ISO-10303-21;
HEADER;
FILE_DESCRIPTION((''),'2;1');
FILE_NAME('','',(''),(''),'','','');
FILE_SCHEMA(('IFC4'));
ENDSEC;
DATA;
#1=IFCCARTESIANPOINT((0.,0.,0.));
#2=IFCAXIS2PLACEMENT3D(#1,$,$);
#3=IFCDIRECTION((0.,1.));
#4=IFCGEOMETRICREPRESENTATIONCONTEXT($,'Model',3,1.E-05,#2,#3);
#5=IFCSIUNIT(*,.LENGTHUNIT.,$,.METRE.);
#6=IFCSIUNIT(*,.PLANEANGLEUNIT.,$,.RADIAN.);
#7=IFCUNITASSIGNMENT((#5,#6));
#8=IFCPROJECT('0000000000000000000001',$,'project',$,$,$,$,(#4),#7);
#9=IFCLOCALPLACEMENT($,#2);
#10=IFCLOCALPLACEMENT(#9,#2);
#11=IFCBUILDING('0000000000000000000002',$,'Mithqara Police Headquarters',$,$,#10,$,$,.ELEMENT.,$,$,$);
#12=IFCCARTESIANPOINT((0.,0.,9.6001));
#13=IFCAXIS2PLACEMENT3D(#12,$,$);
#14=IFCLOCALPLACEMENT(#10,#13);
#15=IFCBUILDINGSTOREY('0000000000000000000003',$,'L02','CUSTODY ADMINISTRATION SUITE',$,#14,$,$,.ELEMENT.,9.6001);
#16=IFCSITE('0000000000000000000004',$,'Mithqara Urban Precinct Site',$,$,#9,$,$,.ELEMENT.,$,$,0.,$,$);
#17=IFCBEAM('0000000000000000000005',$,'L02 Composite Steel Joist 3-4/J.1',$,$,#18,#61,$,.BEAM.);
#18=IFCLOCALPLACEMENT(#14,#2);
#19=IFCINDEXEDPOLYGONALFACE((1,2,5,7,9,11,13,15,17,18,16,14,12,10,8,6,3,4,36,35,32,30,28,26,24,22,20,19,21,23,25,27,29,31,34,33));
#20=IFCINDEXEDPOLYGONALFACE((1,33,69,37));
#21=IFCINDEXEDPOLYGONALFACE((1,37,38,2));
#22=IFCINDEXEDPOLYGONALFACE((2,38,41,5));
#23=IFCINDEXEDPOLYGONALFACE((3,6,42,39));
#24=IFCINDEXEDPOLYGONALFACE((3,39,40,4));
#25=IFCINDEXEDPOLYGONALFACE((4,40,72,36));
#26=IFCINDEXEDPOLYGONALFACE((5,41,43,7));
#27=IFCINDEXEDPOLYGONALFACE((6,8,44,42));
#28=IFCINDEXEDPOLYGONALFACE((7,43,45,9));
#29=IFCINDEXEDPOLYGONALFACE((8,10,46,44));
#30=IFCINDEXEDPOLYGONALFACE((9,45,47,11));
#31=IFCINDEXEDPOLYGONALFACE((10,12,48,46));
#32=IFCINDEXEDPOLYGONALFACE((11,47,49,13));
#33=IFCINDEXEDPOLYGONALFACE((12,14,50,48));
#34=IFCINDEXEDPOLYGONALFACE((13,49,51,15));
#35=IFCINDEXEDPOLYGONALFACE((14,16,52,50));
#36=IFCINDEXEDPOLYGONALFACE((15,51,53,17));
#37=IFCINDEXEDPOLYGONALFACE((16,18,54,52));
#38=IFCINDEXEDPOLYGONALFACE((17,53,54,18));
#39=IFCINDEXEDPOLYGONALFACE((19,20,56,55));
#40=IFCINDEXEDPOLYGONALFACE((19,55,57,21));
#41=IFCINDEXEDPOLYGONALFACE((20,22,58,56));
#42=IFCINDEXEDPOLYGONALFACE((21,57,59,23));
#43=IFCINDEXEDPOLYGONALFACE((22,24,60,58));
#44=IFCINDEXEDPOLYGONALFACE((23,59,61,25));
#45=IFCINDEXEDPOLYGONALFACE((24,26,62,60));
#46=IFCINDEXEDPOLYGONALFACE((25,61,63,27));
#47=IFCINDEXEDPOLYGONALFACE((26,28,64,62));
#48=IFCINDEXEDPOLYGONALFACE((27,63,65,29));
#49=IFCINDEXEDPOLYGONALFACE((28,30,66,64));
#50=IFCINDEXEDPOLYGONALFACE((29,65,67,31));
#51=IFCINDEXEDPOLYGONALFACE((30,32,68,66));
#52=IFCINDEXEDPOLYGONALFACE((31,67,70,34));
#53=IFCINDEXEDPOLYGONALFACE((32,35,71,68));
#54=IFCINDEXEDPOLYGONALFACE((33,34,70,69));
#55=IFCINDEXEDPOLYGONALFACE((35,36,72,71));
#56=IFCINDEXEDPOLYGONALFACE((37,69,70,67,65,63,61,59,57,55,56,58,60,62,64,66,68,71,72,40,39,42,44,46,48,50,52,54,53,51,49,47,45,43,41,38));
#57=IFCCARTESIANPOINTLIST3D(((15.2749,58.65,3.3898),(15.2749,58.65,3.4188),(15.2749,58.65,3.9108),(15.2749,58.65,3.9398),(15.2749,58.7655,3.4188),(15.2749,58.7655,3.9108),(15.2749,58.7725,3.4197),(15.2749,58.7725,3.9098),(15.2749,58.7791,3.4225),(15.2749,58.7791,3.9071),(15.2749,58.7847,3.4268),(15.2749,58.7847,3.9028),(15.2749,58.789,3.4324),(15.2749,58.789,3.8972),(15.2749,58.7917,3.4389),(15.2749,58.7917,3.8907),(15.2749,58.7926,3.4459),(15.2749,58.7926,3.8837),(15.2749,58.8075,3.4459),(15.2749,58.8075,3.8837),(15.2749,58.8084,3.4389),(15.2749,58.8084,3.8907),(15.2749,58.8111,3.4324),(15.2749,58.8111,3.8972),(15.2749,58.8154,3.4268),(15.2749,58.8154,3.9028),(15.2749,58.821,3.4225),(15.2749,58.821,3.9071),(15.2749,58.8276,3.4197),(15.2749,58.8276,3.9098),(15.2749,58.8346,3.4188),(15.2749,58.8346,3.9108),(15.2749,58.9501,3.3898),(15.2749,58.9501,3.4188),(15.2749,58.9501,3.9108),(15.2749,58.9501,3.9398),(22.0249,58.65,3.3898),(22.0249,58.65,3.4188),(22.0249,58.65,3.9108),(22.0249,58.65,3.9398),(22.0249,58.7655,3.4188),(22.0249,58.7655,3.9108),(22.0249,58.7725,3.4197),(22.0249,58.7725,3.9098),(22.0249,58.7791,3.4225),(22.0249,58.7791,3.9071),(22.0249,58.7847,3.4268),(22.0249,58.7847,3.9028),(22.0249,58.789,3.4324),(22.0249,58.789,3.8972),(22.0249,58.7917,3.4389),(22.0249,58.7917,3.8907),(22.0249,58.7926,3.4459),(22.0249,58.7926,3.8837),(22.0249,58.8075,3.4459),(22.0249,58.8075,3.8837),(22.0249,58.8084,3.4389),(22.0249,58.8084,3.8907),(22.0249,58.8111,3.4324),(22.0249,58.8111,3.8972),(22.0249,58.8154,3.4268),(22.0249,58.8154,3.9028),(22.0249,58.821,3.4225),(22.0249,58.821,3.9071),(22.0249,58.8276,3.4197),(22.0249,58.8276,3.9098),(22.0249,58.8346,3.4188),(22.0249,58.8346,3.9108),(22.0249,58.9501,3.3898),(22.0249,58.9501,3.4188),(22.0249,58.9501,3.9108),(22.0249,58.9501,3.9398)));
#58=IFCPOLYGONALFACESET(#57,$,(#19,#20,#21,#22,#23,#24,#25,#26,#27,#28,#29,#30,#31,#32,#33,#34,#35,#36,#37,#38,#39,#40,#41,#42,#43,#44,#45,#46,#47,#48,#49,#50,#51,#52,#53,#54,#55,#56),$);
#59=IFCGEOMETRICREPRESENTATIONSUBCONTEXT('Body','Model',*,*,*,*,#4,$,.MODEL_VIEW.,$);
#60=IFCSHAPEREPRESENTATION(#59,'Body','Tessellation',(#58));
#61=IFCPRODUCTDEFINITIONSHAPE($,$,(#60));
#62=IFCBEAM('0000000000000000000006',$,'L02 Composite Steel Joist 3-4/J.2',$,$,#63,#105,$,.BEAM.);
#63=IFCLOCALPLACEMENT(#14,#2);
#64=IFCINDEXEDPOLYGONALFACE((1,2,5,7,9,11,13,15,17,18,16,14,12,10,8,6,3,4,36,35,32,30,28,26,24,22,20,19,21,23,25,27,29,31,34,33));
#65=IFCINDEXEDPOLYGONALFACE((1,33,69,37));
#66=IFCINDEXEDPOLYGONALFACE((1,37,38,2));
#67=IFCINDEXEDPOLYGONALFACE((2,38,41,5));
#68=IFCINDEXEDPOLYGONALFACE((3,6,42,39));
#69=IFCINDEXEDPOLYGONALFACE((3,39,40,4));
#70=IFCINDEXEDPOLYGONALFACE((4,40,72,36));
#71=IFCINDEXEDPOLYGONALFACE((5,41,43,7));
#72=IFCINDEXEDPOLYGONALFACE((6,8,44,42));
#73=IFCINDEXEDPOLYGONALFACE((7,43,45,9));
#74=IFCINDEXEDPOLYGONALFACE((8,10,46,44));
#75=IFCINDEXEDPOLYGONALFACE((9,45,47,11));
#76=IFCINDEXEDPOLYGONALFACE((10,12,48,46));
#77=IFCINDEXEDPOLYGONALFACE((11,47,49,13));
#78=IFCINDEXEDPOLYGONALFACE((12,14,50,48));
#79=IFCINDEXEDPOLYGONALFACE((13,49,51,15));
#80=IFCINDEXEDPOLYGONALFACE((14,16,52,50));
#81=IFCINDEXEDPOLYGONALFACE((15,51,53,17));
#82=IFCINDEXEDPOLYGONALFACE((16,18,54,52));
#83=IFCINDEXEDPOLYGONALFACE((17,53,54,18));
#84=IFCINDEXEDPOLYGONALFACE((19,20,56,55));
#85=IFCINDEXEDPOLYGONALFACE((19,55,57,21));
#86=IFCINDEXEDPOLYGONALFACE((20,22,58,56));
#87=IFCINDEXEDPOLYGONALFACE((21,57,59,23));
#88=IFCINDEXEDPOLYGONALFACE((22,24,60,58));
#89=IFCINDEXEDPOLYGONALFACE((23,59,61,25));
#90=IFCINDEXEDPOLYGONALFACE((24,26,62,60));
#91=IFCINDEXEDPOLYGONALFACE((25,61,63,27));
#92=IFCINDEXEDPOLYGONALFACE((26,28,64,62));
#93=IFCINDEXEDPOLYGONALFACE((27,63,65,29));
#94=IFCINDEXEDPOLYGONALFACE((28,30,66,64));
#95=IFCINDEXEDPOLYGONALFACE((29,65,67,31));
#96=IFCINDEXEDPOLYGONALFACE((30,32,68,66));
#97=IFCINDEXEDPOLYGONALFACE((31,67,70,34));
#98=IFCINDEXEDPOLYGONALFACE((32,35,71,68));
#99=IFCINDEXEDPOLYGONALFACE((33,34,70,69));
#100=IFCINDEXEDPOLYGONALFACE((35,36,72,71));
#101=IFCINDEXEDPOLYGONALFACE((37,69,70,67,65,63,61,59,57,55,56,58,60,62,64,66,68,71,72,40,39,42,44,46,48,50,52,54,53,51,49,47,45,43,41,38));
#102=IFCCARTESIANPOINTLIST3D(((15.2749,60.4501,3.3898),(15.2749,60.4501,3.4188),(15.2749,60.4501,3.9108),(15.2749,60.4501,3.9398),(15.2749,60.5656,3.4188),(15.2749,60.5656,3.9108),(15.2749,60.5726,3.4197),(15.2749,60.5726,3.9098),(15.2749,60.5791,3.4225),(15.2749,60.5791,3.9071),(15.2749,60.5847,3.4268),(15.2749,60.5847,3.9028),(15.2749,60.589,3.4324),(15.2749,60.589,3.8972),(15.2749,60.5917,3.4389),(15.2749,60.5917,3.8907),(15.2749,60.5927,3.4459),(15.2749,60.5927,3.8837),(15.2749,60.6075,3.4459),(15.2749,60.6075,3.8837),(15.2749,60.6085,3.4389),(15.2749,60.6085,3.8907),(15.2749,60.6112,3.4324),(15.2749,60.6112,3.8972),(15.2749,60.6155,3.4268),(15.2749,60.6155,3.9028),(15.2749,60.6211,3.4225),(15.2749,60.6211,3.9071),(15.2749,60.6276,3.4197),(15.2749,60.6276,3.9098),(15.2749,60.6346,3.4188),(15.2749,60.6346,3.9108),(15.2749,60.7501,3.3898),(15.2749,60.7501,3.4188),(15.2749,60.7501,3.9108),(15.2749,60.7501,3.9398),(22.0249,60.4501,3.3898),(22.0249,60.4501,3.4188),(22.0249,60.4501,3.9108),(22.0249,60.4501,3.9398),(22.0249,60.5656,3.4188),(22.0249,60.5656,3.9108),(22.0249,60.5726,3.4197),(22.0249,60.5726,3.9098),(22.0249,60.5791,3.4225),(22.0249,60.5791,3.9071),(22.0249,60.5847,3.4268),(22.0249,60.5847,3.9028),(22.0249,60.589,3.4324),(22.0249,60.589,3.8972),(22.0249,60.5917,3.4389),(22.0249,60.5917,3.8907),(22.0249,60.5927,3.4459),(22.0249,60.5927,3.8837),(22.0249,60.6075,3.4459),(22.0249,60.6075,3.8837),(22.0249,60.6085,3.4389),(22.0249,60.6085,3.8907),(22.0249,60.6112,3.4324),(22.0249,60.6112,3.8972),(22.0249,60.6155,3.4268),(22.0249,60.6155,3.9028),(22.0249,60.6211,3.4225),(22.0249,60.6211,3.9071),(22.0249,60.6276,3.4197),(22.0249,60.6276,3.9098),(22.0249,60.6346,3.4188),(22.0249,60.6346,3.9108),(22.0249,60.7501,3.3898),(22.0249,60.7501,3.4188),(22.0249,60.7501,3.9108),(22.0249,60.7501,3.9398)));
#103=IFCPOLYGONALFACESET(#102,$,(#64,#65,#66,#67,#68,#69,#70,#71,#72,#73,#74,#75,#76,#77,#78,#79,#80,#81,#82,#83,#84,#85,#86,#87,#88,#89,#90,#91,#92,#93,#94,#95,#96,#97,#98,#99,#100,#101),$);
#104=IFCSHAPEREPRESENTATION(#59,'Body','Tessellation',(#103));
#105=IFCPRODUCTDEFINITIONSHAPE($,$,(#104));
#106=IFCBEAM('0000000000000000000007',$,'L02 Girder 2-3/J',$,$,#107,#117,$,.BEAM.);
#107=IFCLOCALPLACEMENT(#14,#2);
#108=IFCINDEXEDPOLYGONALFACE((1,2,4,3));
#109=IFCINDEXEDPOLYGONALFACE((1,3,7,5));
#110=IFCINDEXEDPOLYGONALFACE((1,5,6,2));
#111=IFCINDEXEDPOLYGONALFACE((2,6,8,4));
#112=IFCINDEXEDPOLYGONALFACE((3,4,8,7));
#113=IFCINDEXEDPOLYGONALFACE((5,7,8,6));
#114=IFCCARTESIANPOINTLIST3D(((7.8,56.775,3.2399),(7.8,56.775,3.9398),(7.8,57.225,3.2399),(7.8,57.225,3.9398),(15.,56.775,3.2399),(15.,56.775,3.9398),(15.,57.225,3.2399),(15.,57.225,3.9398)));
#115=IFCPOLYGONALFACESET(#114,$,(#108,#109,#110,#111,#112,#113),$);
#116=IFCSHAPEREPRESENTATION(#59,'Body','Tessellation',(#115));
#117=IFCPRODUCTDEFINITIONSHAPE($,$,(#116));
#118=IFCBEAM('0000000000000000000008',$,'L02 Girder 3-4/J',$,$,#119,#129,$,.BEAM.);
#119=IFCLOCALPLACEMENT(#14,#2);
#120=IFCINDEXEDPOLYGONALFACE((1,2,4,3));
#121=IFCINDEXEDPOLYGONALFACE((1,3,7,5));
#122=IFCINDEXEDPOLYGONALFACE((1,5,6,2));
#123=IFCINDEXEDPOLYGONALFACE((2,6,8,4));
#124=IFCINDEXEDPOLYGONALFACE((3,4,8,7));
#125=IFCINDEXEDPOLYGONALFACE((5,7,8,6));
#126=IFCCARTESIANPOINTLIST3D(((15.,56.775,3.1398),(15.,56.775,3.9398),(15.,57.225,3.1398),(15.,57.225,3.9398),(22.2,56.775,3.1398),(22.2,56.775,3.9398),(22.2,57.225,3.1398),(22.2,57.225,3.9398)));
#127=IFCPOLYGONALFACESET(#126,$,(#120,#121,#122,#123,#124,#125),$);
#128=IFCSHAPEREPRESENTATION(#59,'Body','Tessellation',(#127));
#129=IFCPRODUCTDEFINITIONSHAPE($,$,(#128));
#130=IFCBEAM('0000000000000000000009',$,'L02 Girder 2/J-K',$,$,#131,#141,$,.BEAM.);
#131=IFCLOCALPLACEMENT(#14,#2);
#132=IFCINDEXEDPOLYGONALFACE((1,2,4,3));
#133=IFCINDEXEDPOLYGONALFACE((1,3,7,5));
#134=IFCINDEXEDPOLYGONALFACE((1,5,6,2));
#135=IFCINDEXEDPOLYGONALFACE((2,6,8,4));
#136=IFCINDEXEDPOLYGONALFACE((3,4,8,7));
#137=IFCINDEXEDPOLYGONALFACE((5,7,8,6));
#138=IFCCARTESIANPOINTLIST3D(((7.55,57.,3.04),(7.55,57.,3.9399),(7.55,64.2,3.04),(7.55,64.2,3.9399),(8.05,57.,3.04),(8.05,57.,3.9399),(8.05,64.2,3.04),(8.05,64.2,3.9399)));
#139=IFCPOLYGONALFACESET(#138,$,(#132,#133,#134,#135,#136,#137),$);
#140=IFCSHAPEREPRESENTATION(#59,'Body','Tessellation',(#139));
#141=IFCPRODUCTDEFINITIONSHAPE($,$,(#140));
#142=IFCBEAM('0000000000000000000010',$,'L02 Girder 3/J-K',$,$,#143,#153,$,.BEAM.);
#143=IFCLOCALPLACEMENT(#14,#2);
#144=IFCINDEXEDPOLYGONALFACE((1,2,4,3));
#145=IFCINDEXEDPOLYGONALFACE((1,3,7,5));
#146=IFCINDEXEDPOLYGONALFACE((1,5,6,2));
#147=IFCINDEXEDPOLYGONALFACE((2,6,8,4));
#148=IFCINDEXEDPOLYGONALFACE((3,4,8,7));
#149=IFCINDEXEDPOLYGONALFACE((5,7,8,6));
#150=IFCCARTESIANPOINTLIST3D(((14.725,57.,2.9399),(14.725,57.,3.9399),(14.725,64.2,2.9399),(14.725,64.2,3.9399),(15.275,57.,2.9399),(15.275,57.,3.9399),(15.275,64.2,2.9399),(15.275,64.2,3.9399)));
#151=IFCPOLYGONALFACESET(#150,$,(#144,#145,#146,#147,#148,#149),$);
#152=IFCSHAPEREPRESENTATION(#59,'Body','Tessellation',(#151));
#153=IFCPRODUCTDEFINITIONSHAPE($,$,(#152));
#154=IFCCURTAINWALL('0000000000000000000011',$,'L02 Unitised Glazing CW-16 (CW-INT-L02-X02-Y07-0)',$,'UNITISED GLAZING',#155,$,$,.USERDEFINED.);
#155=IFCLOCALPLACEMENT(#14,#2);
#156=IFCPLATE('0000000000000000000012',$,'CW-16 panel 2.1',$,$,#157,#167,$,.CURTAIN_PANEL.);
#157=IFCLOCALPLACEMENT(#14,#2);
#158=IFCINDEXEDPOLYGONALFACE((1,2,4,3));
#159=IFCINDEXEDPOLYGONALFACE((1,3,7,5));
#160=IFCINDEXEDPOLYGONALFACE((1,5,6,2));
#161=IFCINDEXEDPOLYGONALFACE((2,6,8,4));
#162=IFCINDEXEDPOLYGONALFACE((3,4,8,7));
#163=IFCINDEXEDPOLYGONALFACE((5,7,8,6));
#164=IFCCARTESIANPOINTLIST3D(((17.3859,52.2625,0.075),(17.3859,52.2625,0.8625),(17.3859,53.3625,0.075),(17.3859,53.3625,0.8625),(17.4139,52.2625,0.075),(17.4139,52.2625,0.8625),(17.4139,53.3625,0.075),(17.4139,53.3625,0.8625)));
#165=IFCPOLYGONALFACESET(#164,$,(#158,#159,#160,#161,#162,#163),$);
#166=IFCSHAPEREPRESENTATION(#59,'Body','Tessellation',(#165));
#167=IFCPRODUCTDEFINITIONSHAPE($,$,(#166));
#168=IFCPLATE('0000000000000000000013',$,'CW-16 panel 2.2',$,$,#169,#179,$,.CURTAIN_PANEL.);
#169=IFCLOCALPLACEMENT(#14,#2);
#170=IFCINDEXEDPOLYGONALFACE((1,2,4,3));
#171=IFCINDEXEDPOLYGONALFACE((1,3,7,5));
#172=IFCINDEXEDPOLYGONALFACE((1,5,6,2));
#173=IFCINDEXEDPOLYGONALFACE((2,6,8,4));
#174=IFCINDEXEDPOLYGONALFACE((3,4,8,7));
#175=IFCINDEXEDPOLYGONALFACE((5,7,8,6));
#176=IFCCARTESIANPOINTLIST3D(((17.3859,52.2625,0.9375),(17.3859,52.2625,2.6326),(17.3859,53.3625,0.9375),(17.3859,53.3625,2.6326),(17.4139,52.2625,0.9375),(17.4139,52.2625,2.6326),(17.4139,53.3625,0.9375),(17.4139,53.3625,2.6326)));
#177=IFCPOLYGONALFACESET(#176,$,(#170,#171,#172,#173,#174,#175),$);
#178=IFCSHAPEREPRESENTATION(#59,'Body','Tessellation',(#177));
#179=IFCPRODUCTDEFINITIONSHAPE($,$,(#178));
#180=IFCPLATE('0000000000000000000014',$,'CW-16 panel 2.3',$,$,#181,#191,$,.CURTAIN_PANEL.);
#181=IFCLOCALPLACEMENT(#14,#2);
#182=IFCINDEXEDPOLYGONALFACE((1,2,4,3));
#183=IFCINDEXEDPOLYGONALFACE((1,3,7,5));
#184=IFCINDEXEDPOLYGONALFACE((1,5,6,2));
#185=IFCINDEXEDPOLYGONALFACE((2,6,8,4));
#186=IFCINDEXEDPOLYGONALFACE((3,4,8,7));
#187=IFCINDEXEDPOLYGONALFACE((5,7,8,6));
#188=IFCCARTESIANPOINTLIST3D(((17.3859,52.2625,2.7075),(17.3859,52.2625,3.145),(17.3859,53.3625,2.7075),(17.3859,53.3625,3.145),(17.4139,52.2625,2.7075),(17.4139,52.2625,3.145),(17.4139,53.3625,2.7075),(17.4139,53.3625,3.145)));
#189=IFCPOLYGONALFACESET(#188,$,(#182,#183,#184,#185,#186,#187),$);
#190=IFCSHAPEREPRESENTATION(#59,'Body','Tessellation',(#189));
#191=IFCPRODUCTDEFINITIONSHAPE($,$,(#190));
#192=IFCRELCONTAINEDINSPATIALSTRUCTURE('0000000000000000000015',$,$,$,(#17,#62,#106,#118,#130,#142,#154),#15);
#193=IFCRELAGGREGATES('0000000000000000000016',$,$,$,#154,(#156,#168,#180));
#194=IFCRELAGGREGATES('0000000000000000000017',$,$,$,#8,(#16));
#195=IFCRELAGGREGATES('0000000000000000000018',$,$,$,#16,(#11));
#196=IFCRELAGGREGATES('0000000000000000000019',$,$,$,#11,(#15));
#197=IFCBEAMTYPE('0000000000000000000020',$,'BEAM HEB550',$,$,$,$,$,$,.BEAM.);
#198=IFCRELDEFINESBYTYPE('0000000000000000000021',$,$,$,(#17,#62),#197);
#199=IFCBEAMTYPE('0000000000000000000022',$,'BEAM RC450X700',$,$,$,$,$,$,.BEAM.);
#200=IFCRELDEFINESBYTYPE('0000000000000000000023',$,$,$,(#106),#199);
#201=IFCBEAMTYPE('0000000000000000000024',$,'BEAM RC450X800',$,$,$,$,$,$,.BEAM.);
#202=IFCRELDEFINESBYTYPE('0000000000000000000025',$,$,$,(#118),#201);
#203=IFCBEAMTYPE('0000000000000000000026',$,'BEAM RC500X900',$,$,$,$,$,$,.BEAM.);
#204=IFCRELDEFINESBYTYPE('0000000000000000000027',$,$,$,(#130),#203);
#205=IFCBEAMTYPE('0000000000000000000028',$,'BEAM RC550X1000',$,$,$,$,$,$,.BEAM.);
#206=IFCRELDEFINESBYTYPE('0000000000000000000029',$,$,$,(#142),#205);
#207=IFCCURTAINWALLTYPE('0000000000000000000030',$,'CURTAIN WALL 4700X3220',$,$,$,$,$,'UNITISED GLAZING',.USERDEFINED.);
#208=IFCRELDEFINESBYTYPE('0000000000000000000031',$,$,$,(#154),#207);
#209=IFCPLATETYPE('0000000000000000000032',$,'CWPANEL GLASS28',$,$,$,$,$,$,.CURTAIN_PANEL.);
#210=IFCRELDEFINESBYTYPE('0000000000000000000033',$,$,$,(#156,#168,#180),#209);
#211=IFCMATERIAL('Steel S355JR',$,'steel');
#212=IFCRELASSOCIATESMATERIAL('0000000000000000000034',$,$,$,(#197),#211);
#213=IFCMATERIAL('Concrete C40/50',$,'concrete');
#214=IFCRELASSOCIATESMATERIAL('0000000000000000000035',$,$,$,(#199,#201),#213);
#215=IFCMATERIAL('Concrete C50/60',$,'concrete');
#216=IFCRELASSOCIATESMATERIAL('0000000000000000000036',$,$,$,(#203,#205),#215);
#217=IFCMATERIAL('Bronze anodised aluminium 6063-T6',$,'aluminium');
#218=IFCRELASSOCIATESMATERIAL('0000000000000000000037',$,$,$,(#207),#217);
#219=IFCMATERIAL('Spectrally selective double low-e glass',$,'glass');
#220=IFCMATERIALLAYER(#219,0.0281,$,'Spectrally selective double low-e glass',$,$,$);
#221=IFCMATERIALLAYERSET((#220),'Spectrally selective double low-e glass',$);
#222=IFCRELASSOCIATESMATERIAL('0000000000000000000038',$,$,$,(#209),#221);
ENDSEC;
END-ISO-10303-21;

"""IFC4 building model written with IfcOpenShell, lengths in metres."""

from ifc_helpers import new_model, si_unit, direction, frame, origin, origin_2d, place, context, subcontext, project, spatial, rectangle, i_section, extrude, material, layer, layer_set, material_profile, profile_set, type_object, element, aggregate, save


model = new_model("IFC4")

# Units and contexts
model_context = context("Model", 3, precision=1e-05, world=origin(), true_north=direction((0.0, 1.0)))
body_context = subcontext(model_context, "Body", "Model", "MODEL_VIEW")
ifc_project = project(units=[si_unit("LENGTHUNIT", "METRE"), si_unit("PLANEANGLEUNIT", "RADIAN")], contexts=[model_context])

# Site, building, storey
site_placement = place(None, origin())
site = spatial("IfcSite", under=ifc_project, at=site_placement, Name="Mithqara Urban Precinct Site", CompositionType="ELEMENT", RefElevation=0.0)
building_placement = place(site_placement, origin())
building = spatial("IfcBuilding", under=site, at=building_placement, Name="Mithqara Police Headquarters", CompositionType="ELEMENT")
storey_placement = place(building_placement, frame((0.0, 0.0, 9.6001)))
storey = spatial("IfcBuildingStorey", under=building, at=storey_placement, Name="L02", Description="CUSTODY ADMINISTRATION SUITE", CompositionType="ELEMENT", Elevation=9.6001)

# Shared definitions
ifc_material_1 = material(Name="Concrete C50/60", Category="concrete")

# Beams
ifc_material_2 = material(Name="Steel S355JR", Category="steel")
ifc_material_profile_1 = material_profile(ifc_material_2, i_section(OverallWidth=0.3, OverallDepth=0.55, WebThickness=0.0149, FlangeThickness=0.0291, FilletRadius=0.0271, at=origin_2d()), Name="HEB 550")
ifc_profile_set_1 = profile_set([ifc_material_profile_1], Name="Steel S355JR")
beam_type_1 = type_object("IfcBeamType", Name="BEAM HEB550", PredefinedType="BEAM", material=ifc_profile_set_1)
for number, where, z_axis, x_axis, name in (
    (1, (15.2749, 58.8, 3.6648), (1.0, 0.0, 0.0), (0.0, 1.0, 0.0), "L02 Composite Steel Joist 3-4/J.1"),
    (2, (15.2749, 60.6001, 3.6648), (1.0, 0.0, 0.0), (0.0, 1.0, 0.0), "L02 Composite Steel Joist 3-4/J.2"),
):
    element("IfcBeam", number, at=place(storey_placement, frame(where, z_axis=z_axis, x_axis=x_axis)), inside=storey, type_object=beam_type_1, Name=name, PredefinedType="BEAM", context=body_context, shape_type="SweptSolid", body=[
        extrude(i_section(OverallWidth=0.3, OverallDepth=0.55, WebThickness=0.0149, FlangeThickness=0.0291, FilletRadius=0.0271, at=origin_2d()), origin(), (0.0, 0.0, 1.0), 6.75),
    ])
ifc_material_3 = material(Name="Concrete C40/50", Category="concrete")
ifc_material_profile_2 = material_profile(ifc_material_3, rectangle(XDim=0.45, YDim=0.7, at=origin_2d()), Name="RC 450x700")
ifc_profile_set_2 = profile_set([ifc_material_profile_2], Name="Concrete C40/50")
beam_type_2 = type_object("IfcBeamType", Name="BEAM RC450X700", PredefinedType="BEAM", material=ifc_profile_set_2)
beam_1_placement = place(storey_placement, frame((7.8, 57.0, 3.5898), z_axis=(1.0, 0.0, 0.0), x_axis=(0.0, 1.0, 0.0)))
element("IfcBeam", 3, at=beam_1_placement, inside=storey, type_object=beam_type_2, Name="L02 Girder 2-3/J", PredefinedType="BEAM", context=body_context, shape_type="SweptSolid", body=[
    extrude(rectangle(XDim=0.45, YDim=0.7, at=origin_2d()), origin(), (0.0, 0.0, 1.0), 7.2),
])
ifc_material_profile_3 = material_profile(ifc_material_3, rectangle(XDim=0.45, YDim=0.8, at=origin_2d()), Name="RC 450x800")
ifc_profile_set_3 = profile_set([ifc_material_profile_3], Name="Concrete C40/50")
beam_type_3 = type_object("IfcBeamType", Name="BEAM RC450X800", PredefinedType="BEAM", material=ifc_profile_set_3)
beam_2_placement = place(storey_placement, frame((15.0, 57.0, 3.5398), z_axis=(1.0, 0.0, 0.0), x_axis=(0.0, 1.0, 0.0)))
element("IfcBeam", 4, at=beam_2_placement, inside=storey, type_object=beam_type_3, Name="L02 Girder 3-4/J", PredefinedType="BEAM", context=body_context, shape_type="SweptSolid", body=[
    extrude(rectangle(XDim=0.45, YDim=0.8, at=origin_2d()), origin(), (0.0, 0.0, 1.0), 7.2),
])
ifc_material_profile_4 = material_profile(ifc_material_1, rectangle(XDim=0.5, YDim=0.8999, at=origin_2d()), Name="RC 500x900")
ifc_profile_set_4 = profile_set([ifc_material_profile_4], Name="Concrete C50/60")
beam_type_4 = type_object("IfcBeamType", Name="BEAM RC500X900", PredefinedType="BEAM", material=ifc_profile_set_4)
beam_3_placement = place(storey_placement, frame((7.8, 57.0, 3.49), z_axis=(0.0, 1.0, 0.0), x_axis=(-1.0, 0.0, 0.0)))
element("IfcBeam", 5, at=beam_3_placement, inside=storey, type_object=beam_type_4, Name="L02 Girder 2/J-K", PredefinedType="BEAM", context=body_context, shape_type="SweptSolid", body=[
    extrude(rectangle(XDim=0.5, YDim=0.8999, at=origin_2d()), origin(), (0.0, 0.0, 1.0), 7.2),
])
ifc_material_profile_5 = material_profile(ifc_material_1, rectangle(XDim=0.55, YDim=1.0, at=origin_2d()), Name="RC 550x1000")
ifc_profile_set_5 = profile_set([ifc_material_profile_5], Name="Concrete C50/60")
beam_type_5 = type_object("IfcBeamType", Name="BEAM RC550X1000", PredefinedType="BEAM", material=ifc_profile_set_5)
beam_4_placement = place(storey_placement, frame((15.0, 57.0, 3.4399), z_axis=(0.0, 1.0, 0.0), x_axis=(-1.0, 0.0, 0.0)))
element("IfcBeam", 6, at=beam_4_placement, inside=storey, type_object=beam_type_5, Name="L02 Girder 3/J-K", PredefinedType="BEAM", context=body_context, shape_type="SweptSolid", body=[
    extrude(rectangle(XDim=0.55, YDim=1.0, at=origin_2d()), origin(), (0.0, 0.0, 1.0), 7.2),
])

# Curtain wall, plates
ifc_material_4 = material(Name="Bronze anodised aluminium 6063-T6", Category="aluminium")
curtain_wall_type = type_object("IfcCurtainWallType", Name="CURTAIN WALL 4700X3220", ElementType="UNITISED GLAZING", PredefinedType="USERDEFINED", material=ifc_material_4)
curtain_wall_placement = place(storey_placement, origin())
curtain_wall = element("IfcCurtainWall", 7, at=curtain_wall_placement, inside=storey, type_object=curtain_wall_type, Name="L02 Unitised Glazing CW-16 (CW-INT-L02-X02-Y07-0)", ObjectType="UNITISED GLAZING", PredefinedType="USERDEFINED")
ifc_material_5 = material(Name="Spectrally selective double low-e glass", Category="glass")
ifc_layer_1 = layer(ifc_material_5, 0.0281, Name="Spectrally selective double low-e glass")
ifc_layer_set_1 = layer_set([ifc_layer_1], Name="Spectrally selective double low-e glass")
plate_type = type_object("IfcPlateType", Name="CWPANEL GLASS28", PredefinedType="CURTAIN_PANEL", material=ifc_layer_set_1)
plate_1_placement = place(storey_placement, frame((17.3999, 52.8125, 0.075), z_axis=(0.0, 0.0, 1.0), x_axis=(0.0, 1.0, 0.0)))
plate_1 = element("IfcPlate", 8, at=plate_1_placement, type_object=plate_type, Name="CW-16 panel 2.1", PredefinedType="CURTAIN_PANEL", context=body_context, shape_type="SweptSolid", body=[
    extrude(rectangle(XDim=1.1001, YDim=0.0281, at=origin_2d()), origin(), (0.0, 0.0, 1.0), 0.7876),
])
plate_2_placement = place(storey_placement, frame((17.3999, 52.8125, 0.9375), z_axis=(0.0, 0.0, 1.0), x_axis=(0.0, 1.0, 0.0)))
plate_2 = element("IfcPlate", 9, at=plate_2_placement, type_object=plate_type, Name="CW-16 panel 2.2", PredefinedType="CURTAIN_PANEL", context=body_context, shape_type="SweptSolid", body=[
    extrude(rectangle(XDim=1.1001, YDim=0.0281, at=origin_2d()), origin(), (0.0, 0.0, 1.0), 1.6951),
])
plate_3_placement = place(storey_placement, frame((17.3999, 52.8125, 2.7075), z_axis=(0.0, 0.0, 1.0), x_axis=(0.0, 1.0, 0.0)))
plate_3 = element("IfcPlate", 10, at=plate_3_placement, type_object=plate_type, Name="CW-16 panel 2.3", PredefinedType="CURTAIN_PANEL", context=body_context, shape_type="SweptSolid", body=[
    extrude(rectangle(XDim=1.1001, YDim=0.0281, at=origin_2d()), origin(), (0.0, 0.0, 1.0), 0.4375),
])
aggregate(curtain_wall, [plate_1, plate_2, plate_3])

save(model, "model.ifc")
